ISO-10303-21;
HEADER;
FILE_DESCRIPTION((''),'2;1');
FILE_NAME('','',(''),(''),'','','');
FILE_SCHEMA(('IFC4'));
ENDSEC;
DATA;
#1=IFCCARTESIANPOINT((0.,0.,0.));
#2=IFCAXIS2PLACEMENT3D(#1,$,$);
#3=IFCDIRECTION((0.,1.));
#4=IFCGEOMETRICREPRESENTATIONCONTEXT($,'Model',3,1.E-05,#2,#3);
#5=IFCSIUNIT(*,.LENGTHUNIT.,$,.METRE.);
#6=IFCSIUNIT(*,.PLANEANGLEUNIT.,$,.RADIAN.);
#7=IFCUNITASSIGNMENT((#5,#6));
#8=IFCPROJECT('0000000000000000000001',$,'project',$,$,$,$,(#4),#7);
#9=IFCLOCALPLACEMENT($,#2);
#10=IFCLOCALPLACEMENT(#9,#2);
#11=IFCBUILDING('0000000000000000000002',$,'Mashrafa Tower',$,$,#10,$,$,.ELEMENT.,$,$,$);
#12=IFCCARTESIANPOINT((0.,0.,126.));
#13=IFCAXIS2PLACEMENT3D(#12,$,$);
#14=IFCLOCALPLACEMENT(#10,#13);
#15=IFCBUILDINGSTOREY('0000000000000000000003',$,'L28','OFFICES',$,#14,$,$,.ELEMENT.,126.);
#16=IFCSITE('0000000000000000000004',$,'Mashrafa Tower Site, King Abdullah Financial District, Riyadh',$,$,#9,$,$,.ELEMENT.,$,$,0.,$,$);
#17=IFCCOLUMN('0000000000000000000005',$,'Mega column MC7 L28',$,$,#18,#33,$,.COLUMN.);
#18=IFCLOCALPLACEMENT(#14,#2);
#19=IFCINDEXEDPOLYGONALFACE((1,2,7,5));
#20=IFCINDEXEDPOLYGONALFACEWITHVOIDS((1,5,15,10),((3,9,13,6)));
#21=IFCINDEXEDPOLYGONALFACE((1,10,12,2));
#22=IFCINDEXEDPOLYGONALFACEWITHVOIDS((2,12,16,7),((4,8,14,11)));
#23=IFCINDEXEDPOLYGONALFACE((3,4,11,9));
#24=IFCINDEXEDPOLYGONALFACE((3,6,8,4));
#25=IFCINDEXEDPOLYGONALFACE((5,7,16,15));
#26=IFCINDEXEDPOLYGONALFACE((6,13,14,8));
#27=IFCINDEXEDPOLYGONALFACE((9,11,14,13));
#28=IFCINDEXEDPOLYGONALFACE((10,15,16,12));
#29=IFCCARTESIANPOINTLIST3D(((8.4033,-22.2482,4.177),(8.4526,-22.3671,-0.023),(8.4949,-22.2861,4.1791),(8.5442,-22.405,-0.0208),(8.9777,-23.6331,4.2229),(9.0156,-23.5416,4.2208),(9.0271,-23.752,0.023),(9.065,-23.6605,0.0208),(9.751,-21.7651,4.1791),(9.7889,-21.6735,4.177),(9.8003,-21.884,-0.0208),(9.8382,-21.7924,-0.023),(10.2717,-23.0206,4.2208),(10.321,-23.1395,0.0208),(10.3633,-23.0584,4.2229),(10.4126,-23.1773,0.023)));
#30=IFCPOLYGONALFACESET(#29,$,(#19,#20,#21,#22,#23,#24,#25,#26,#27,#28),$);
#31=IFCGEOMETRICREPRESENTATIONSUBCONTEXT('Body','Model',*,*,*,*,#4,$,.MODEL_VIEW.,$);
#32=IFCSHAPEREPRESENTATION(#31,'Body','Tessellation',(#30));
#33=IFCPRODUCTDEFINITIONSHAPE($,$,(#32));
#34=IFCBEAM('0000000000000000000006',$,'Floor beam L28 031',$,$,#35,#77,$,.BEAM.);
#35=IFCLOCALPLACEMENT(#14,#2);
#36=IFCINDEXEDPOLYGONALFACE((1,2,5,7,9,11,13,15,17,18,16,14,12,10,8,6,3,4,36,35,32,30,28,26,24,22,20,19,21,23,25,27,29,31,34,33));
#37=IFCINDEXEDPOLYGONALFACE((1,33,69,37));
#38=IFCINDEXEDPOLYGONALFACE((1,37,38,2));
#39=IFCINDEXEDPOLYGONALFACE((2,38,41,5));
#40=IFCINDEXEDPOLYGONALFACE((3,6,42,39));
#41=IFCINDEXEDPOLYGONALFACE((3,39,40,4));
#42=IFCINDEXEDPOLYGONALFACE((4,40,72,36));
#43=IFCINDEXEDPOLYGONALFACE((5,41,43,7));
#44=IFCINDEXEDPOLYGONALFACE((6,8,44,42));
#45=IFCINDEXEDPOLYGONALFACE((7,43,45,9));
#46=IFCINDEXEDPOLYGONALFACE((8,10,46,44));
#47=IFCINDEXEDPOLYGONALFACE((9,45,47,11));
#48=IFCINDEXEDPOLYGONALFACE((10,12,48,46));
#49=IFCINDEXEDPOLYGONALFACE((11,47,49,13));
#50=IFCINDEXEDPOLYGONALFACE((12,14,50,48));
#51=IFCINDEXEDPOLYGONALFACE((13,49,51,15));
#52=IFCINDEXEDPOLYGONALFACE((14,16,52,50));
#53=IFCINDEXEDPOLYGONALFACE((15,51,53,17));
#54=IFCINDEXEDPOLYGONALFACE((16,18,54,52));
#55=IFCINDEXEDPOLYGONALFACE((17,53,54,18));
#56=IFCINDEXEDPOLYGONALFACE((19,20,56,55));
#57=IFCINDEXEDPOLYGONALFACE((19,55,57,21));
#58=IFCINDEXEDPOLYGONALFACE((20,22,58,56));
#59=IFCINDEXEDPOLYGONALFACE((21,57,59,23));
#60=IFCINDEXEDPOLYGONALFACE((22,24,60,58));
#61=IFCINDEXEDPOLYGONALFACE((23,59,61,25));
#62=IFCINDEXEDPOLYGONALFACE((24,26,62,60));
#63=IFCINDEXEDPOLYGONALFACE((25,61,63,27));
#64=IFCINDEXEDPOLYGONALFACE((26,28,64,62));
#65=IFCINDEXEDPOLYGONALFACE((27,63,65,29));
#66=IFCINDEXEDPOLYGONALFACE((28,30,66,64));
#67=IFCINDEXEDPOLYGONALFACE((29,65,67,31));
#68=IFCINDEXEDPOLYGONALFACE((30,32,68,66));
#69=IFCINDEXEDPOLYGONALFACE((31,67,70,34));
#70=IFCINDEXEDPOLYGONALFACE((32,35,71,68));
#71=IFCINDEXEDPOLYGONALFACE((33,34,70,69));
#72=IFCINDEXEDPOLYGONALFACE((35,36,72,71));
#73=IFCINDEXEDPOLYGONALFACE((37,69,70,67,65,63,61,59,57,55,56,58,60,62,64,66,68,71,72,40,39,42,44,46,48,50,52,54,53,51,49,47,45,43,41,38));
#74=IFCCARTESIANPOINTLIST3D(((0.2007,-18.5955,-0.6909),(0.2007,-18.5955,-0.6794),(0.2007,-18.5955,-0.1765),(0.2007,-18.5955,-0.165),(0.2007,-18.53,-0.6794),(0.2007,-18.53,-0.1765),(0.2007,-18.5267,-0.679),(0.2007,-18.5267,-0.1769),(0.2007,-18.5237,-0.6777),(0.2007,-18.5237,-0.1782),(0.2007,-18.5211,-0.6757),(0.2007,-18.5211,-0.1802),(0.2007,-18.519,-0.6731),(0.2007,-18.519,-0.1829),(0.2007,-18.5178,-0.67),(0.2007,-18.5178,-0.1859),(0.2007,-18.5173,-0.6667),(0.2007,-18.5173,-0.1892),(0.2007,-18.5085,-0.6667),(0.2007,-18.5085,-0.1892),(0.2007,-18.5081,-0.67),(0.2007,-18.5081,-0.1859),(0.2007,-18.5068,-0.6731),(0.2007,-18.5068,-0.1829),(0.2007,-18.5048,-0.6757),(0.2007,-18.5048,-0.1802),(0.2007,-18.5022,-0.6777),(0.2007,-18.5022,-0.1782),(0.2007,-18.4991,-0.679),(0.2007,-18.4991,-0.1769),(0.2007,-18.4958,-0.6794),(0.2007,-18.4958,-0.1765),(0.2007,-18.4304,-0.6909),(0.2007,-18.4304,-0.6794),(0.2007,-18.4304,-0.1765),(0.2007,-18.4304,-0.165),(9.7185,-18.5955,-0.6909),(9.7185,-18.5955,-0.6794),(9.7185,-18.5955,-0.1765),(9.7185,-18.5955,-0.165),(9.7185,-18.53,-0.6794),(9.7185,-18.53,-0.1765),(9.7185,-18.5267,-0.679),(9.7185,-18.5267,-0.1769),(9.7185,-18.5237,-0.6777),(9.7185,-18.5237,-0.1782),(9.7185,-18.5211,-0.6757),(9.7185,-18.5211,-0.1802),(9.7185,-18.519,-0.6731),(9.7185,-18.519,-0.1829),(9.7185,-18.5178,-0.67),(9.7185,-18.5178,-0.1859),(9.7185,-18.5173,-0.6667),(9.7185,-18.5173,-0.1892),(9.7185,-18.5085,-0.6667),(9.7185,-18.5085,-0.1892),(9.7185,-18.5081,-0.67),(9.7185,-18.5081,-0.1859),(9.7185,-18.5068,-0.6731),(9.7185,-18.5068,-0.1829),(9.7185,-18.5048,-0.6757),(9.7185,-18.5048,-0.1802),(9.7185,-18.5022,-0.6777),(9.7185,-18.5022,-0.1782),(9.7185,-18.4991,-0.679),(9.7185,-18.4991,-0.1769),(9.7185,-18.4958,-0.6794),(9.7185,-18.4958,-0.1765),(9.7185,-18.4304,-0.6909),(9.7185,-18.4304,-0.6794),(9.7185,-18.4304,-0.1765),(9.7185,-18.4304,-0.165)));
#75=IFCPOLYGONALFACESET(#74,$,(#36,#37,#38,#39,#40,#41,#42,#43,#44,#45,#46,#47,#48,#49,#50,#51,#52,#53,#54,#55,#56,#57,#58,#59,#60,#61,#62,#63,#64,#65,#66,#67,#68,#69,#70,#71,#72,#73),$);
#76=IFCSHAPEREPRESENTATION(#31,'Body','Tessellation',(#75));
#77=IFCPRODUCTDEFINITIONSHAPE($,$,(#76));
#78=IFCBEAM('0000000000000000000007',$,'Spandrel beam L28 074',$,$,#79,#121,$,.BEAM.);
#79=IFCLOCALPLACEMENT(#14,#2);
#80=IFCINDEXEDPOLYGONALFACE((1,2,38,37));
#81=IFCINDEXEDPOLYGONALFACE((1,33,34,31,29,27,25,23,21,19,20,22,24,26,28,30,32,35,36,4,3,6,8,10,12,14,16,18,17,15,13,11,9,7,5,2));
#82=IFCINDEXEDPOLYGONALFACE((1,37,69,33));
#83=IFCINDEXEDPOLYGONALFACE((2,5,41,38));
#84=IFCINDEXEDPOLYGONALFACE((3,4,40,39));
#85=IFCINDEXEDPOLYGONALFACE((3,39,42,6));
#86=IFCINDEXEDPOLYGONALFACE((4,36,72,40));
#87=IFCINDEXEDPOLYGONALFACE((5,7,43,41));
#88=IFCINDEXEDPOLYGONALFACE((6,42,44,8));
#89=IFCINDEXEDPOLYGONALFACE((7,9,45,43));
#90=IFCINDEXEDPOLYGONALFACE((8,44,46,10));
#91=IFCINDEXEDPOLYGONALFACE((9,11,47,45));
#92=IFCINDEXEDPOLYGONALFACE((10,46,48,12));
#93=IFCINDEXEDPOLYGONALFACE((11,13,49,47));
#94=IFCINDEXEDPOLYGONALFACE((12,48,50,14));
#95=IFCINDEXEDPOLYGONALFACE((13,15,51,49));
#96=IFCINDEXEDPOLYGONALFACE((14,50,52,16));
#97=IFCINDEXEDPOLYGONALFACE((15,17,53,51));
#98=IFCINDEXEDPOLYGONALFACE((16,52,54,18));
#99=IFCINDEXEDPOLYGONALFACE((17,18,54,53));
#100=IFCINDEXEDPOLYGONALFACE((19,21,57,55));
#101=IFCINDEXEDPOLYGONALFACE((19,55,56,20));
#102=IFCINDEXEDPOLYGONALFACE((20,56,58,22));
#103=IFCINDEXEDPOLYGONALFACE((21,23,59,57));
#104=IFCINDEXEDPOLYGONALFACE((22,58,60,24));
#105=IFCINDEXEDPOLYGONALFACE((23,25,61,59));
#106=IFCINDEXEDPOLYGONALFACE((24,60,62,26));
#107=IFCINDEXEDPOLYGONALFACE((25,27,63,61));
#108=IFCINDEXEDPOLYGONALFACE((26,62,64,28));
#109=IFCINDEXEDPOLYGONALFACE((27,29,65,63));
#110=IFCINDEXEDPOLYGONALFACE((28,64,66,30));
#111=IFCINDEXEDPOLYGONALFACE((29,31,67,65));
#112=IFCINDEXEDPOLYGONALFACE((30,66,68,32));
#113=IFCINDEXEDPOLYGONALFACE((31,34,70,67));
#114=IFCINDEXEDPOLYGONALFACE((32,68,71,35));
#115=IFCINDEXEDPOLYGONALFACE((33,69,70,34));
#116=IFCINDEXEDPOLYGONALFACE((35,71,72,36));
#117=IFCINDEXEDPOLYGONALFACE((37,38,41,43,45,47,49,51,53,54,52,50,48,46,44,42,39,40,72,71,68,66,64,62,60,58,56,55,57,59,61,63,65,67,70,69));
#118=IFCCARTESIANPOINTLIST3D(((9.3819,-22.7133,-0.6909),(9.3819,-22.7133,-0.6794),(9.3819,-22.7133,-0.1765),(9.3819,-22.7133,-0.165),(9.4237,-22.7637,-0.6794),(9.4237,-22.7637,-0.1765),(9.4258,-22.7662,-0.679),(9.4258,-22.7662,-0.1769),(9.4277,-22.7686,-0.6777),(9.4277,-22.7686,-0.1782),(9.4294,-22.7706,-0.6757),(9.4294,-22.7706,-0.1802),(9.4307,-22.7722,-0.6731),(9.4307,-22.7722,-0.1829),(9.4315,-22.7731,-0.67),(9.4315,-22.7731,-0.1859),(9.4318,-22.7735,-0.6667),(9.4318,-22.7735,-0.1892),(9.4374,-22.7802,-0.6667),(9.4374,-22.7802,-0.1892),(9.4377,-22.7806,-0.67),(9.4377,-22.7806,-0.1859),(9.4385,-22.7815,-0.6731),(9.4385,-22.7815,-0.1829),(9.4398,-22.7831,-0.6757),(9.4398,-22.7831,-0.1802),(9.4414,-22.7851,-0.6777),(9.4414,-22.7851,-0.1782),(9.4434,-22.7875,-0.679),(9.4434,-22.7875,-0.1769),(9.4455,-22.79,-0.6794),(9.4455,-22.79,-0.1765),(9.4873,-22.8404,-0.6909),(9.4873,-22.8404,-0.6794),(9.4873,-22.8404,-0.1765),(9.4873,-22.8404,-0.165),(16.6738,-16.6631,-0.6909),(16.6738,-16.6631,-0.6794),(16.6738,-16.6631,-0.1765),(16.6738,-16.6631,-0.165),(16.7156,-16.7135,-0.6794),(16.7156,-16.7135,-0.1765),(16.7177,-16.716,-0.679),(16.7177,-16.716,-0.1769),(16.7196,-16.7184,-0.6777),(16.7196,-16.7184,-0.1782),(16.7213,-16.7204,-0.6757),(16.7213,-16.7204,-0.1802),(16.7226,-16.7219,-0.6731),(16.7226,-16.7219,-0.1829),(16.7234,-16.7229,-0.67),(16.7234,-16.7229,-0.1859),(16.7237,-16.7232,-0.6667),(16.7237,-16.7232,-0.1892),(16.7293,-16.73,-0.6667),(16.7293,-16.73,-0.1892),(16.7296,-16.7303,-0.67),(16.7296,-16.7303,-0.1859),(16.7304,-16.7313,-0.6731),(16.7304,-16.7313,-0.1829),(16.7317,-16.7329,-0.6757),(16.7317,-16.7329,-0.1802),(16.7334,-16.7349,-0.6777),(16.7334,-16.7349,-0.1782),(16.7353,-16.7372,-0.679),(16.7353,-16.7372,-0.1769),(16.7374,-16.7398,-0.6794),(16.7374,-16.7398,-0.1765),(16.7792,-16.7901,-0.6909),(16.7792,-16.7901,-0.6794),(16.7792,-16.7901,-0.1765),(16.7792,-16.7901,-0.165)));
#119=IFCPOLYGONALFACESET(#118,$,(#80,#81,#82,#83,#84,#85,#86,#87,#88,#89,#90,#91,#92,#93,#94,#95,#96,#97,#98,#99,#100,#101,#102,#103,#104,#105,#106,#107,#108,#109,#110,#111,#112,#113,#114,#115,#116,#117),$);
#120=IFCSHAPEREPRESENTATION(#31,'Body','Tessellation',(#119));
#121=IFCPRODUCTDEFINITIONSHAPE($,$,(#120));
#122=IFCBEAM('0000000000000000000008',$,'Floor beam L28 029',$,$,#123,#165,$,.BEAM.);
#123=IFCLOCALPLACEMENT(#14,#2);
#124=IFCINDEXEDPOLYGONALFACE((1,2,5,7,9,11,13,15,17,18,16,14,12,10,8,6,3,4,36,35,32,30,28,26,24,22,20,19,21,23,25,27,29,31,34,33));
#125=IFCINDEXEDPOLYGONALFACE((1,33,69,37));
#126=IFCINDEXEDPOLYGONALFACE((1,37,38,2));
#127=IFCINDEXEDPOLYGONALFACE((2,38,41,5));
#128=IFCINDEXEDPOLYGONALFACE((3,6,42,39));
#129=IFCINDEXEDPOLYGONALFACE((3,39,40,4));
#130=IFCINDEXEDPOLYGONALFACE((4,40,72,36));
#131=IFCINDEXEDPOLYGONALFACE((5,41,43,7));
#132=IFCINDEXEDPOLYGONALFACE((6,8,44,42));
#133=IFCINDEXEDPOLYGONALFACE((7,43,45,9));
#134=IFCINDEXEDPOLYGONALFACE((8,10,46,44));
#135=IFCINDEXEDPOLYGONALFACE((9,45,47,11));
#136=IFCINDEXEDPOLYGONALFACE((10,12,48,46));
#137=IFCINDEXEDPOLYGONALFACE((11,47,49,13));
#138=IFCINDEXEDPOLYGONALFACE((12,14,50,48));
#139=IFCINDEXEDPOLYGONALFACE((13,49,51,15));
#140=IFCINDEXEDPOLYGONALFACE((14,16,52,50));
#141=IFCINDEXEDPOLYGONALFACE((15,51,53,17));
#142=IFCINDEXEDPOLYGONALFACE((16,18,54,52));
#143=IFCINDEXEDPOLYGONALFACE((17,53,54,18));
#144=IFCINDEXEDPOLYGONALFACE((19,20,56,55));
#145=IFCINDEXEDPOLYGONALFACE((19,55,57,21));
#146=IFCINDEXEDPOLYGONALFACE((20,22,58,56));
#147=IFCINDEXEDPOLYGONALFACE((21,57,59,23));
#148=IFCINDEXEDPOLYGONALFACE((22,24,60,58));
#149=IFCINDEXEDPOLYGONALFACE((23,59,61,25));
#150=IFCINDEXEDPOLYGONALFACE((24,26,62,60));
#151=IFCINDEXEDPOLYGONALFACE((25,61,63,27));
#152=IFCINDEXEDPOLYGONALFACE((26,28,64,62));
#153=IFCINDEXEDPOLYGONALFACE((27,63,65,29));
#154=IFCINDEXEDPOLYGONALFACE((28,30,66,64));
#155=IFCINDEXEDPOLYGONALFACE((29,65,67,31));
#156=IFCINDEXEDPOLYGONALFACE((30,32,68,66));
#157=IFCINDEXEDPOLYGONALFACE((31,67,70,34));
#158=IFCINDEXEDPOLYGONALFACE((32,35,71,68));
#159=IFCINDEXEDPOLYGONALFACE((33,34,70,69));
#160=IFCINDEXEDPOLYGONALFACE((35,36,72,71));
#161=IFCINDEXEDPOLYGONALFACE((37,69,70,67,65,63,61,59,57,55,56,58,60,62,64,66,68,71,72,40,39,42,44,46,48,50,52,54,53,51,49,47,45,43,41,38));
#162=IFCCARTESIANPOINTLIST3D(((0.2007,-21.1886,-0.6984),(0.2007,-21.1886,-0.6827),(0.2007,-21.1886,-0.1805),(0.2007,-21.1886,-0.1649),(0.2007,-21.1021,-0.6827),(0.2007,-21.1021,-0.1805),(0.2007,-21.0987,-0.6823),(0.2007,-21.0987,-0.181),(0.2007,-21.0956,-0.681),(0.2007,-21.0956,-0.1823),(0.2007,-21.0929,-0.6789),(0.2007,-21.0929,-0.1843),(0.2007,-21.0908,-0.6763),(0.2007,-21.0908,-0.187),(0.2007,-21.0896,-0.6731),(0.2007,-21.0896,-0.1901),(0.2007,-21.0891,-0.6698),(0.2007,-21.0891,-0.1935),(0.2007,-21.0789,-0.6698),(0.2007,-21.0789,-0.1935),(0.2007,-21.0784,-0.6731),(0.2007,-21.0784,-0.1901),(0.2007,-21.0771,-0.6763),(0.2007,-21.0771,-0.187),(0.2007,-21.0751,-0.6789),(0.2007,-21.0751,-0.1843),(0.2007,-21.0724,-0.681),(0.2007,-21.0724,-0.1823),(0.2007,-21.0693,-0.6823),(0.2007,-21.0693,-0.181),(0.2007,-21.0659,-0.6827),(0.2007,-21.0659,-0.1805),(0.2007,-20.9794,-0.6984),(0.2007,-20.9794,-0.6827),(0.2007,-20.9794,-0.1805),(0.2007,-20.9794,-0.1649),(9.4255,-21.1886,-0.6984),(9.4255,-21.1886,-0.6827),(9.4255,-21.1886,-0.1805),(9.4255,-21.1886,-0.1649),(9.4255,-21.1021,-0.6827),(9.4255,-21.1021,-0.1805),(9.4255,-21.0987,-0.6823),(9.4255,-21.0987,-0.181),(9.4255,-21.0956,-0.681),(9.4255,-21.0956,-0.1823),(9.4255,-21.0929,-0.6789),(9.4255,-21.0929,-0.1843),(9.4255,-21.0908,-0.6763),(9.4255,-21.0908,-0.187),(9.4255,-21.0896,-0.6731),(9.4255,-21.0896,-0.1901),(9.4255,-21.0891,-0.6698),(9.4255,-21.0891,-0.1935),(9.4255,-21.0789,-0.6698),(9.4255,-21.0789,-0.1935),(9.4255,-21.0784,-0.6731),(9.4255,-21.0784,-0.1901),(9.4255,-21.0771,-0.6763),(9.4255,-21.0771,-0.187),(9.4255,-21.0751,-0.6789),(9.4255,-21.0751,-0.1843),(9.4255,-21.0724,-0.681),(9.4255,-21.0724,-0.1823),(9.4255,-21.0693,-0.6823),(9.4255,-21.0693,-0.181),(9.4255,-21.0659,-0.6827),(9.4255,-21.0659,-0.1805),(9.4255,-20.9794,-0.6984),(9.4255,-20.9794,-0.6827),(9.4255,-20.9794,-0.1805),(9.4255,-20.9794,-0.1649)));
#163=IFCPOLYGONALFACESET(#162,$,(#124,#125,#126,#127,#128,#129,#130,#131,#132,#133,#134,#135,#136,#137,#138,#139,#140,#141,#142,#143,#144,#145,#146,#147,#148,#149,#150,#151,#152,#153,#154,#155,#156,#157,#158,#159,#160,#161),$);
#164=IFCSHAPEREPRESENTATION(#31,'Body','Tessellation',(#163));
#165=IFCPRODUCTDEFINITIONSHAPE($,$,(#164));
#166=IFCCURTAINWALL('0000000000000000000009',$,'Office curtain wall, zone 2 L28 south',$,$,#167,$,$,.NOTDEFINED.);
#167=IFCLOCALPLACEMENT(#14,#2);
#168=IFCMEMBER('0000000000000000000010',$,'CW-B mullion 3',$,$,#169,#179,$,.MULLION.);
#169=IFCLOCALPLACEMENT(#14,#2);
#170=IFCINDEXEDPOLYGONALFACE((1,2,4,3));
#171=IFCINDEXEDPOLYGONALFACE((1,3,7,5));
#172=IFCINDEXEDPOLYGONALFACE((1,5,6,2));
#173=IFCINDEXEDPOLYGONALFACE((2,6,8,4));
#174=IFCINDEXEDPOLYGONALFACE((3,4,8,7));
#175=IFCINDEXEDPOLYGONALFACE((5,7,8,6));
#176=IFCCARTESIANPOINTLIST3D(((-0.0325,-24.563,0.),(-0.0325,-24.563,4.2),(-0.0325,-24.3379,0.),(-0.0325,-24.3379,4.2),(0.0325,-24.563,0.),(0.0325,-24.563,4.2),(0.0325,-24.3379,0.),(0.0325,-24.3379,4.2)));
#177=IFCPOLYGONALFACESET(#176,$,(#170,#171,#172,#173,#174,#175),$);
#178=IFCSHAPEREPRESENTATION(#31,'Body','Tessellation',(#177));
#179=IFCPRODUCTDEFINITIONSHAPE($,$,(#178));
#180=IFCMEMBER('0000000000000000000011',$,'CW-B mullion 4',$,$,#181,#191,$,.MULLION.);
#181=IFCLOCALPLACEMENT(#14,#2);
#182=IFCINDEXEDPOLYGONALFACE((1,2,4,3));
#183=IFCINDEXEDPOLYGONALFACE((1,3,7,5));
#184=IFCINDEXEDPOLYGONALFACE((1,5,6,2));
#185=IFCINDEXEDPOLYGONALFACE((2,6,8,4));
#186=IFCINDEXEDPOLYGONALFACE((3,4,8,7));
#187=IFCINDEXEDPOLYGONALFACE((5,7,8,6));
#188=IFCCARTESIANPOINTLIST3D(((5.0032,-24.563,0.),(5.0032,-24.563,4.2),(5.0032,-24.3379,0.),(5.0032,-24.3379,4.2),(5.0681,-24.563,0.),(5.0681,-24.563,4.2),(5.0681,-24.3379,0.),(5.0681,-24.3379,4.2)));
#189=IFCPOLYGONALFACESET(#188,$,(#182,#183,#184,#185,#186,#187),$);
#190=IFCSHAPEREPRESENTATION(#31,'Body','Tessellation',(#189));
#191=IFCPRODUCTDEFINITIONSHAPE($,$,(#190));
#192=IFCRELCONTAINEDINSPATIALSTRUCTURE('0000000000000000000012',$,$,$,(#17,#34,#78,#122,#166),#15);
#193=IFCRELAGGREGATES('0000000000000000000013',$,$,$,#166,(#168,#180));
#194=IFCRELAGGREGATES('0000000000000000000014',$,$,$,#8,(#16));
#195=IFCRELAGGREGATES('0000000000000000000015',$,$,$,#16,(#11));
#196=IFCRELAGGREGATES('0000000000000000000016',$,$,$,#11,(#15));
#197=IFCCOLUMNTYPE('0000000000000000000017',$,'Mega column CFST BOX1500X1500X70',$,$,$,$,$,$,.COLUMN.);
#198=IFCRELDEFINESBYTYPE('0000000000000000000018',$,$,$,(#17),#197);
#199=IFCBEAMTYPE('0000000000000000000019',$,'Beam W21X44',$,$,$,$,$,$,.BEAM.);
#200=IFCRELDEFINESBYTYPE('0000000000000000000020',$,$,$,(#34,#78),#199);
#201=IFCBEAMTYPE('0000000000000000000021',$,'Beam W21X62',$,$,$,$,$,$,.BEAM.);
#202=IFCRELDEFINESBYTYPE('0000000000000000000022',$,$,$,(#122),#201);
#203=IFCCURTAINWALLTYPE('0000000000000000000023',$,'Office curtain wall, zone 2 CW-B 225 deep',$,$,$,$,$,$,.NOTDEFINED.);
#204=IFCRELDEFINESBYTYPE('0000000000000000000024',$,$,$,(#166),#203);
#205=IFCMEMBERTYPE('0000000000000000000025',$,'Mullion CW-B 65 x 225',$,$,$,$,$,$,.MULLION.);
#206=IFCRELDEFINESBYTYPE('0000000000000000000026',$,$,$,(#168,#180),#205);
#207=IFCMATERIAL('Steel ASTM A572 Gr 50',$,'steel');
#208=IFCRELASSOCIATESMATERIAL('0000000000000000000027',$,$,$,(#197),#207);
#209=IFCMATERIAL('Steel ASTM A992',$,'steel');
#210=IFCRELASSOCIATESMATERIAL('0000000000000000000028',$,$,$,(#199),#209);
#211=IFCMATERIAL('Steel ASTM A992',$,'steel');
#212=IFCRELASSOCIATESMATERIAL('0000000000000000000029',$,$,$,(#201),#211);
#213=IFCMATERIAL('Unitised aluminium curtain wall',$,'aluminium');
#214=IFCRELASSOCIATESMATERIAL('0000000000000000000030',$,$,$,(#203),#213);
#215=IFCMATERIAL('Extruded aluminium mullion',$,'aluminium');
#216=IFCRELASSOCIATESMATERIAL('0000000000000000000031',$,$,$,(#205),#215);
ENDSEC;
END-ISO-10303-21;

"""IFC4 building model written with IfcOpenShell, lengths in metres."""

from ifc_helpers import new_model, si_unit, direction, frame, origin, origin_2d, place, context, subcontext, project, spatial, rectangle, hollow_rectangle, i_section, extrude, source, transform, mapped, material, material_profile, profile_set, type_object, type_shapes, element, aggregate, save


model = new_model("IFC4")

# Units and contexts
model_context = context("Model", 3, precision=1e-05, world=origin(), true_north=direction((0.0, 1.0)))
body_context = subcontext(model_context, "Body", "Model", "MODEL_VIEW")
ifc_project = project(units=[si_unit("LENGTHUNIT", "METRE"), si_unit("PLANEANGLEUNIT", "RADIAN")], contexts=[model_context])

# Site, building, storey
site_placement = place(None, origin())
site = spatial("IfcSite", under=ifc_project, at=site_placement, Name="Mashrafa Tower Site, King Abdullah Financial District, Riyadh", CompositionType="ELEMENT", RefElevation=0.0)
building_placement = place(site_placement, origin())
building = spatial("IfcBuilding", under=site, at=building_placement, Name="Mashrafa Tower", CompositionType="ELEMENT")
storey_placement = place(building_placement, frame((0.0, 0.0, 126.0)))
storey = spatial("IfcBuildingStorey", under=building, at=storey_placement, Name="L28", Description="OFFICES", CompositionType="ELEMENT", Elevation=126.0)

# Column
ifc_material_1 = material(Name="Steel ASTM A572 Gr 50", Category="steel")
ifc_material_profile_1 = material_profile(ifc_material_1, hollow_rectangle(XDim=1.5, YDim=1.5, WallThickness=0.0701, at=origin_2d()), Name="BOX1500X1500X70")
ifc_profile_set_1 = profile_set([ifc_material_profile_1], Name="Steel ASTM A572 Gr 50")
column_type = type_object("IfcColumnType", Name="Mega column CFST BOX1500X1500X70", PredefinedType="COLUMN", material=ifc_profile_set_1)
column_placement = place(storey_placement, frame((9.4326, -22.7722, 0.0), z_axis=(-0.011737, 0.028296, 0.999531), x_axis=(-0.923693, -0.383133, 0.0)))
element("IfcColumn", 1, at=column_placement, inside=storey, type_object=column_type, Name="Mega column MC7 L28", PredefinedType="COLUMN", context=body_context, shape_type="SweptSolid", body=[
    extrude(hollow_rectangle(XDim=1.5, YDim=1.5, WallThickness=0.0701, at=origin_2d()), origin(), (0.0, 0.0, 1.0), 4.2019),
])

# Beams
ifc_material_2 = material(Name="Steel ASTM A992", Category="steel")
ifc_material_profile_2 = material_profile(ifc_material_2, i_section(OverallWidth=0.165, OverallDepth=0.5259, WebThickness=0.0088, FlangeThickness=0.0115, FilletRadius=0.0127, at=origin_2d()), Name="W21X44")
ifc_profile_set_2 = profile_set([ifc_material_profile_2], Name="Steel ASTM A992")
beam_type_1 = type_object("IfcBeamType", Name="Beam W21X44", PredefinedType="BEAM", material=ifc_profile_set_2)
beam_1_placement = place(storey_placement, frame((9.7185, -18.5129, -0.428), z_axis=(-1.0, 0.0, 0.0), x_axis=(0.0, -1.0, 0.0)))
element("IfcBeam", 2, at=beam_1_placement, inside=storey, type_object=beam_type_1, Name="Floor beam L28 031", PredefinedType="BEAM", context=body_context, shape_type="SweptSolid", body=[
    extrude(i_section(OverallWidth=0.165, OverallDepth=0.5259, WebThickness=0.0088, FlangeThickness=0.0115, FilletRadius=0.0127, at=origin_2d()), origin(), (0.0, 0.0, 1.0), 9.5178),
])
beam_2_placement = place(storey_placement, frame((9.4346, -22.7769, -0.428), z_axis=(0.769588, 0.638541, 0.0), x_axis=(-0.638541, 0.769588, 0.0)))
element("IfcBeam", 3, at=beam_2_placement, inside=storey, type_object=beam_type_1, Name="Spandrel beam L28 074", PredefinedType="BEAM", context=body_context, shape_type="SweptSolid", body=[
    extrude(i_section(OverallWidth=0.165, OverallDepth=0.5259, WebThickness=0.0088, FlangeThickness=0.0115, FilletRadius=0.0127, at=origin_2d()), origin(), (0.0, 0.0, 1.0), 9.4751),
])
ifc_material_3 = material(Name="Steel ASTM A992", Category="steel")
ifc_material_profile_3 = material_profile(ifc_material_3, i_section(OverallWidth=0.2092, OverallDepth=0.5334, WebThickness=0.0103, FlangeThickness=0.0156, FilletRadius=0.0129, at=origin_2d()), Name="W21X62")
ifc_profile_set_3 = profile_set([ifc_material_profile_3], Name="Steel ASTM A992")
beam_type_2 = type_object("IfcBeamType", Name="Beam W21X62", PredefinedType="BEAM", material=ifc_profile_set_3)
beam_3_placement = place(storey_placement, frame((9.4255, -21.084, -0.4316), z_axis=(-1.0, 0.0, 0.0), x_axis=(0.0, -1.0, 0.0)))
element("IfcBeam", 4, at=beam_3_placement, inside=storey, type_object=beam_type_2, Name="Floor beam L28 029", PredefinedType="BEAM", context=body_context, shape_type="SweptSolid", body=[
    extrude(i_section(OverallWidth=0.2092, OverallDepth=0.5334, WebThickness=0.0103, FlangeThickness=0.0156, FilletRadius=0.0129, at=origin_2d()), origin(), (0.0, 0.0, 1.0), 9.2249),
])

# Curtain wall, members
ifc_material_4 = material(Name="Unitised aluminium curtain wall", Category="aluminium")
curtain_wall_type = type_object("IfcCurtainWallType", Name="Office curtain wall, zone 2 CW-B 225 deep", PredefinedType="NOTDEFINED", material=ifc_material_4)
curtain_wall_1_placement = place(storey_placement, origin())
curtain_wall_1 = element("IfcCurtainWall", 5, at=curtain_wall_1_placement, inside=storey, type_object=curtain_wall_type, Name="Office curtain wall, zone 2 L28 south", PredefinedType="NOTDEFINED")
ifc_material_5 = material(Name="Extruded aluminium mullion", Category="aluminium")
ifc_material_profile_4 = material_profile(ifc_material_5, rectangle(XDim=0.2251, YDim=0.0649, at=origin_2d()), Name="Mullion 65x225")
ifc_profile_set_4 = profile_set([ifc_material_profile_4], Name="Extruded aluminium mullion")
member_type_1 = type_object("IfcMemberType", Name="Mullion CW-B 65 x 225", PredefinedType="MULLION", material=ifc_profile_set_4)
shared_shape_1 = source(origin(), body_context, "Body", "SweptSolid", [
    extrude(rectangle(XDim=0.2251, YDim=0.0649, at=origin_2d()), origin(), (0.0, 0.0, 1.0), 4.2),
])
type_shapes(member_type_1, [shared_shape_1])
member_1_placement = place(storey_placement, frame((0.0, -24.4504, 0.0), z_axis=(0.0, 0.0, 1.0), x_axis=(0.0, 1.0, 0.0)))
member_1 = element("IfcMember", 6, at=member_1_placement, type_object=member_type_1, Name="CW-B mullion 3", PredefinedType="MULLION", context=body_context, shape_type="MappedRepresentation", body=[
    mapped(shared_shape_1, transform((0.0, 0.0, 0.0))),
])
member_2_placement = place(storey_placement, frame((5.0356, -24.4504, 0.0), z_axis=(0.0, 0.0, 1.0), x_axis=(0.0, 1.0, 0.0)))
member_2 = element("IfcMember", 7, at=member_2_placement, type_object=member_type_1, Name="CW-B mullion 4", PredefinedType="MULLION", context=body_context, shape_type="MappedRepresentation", body=[
    mapped(shared_shape_1, transform((0.0, 0.0, 0.0))),
])

aggregate(curtain_wall_1, [member_1, member_2])

save(model, "model.ifc")
